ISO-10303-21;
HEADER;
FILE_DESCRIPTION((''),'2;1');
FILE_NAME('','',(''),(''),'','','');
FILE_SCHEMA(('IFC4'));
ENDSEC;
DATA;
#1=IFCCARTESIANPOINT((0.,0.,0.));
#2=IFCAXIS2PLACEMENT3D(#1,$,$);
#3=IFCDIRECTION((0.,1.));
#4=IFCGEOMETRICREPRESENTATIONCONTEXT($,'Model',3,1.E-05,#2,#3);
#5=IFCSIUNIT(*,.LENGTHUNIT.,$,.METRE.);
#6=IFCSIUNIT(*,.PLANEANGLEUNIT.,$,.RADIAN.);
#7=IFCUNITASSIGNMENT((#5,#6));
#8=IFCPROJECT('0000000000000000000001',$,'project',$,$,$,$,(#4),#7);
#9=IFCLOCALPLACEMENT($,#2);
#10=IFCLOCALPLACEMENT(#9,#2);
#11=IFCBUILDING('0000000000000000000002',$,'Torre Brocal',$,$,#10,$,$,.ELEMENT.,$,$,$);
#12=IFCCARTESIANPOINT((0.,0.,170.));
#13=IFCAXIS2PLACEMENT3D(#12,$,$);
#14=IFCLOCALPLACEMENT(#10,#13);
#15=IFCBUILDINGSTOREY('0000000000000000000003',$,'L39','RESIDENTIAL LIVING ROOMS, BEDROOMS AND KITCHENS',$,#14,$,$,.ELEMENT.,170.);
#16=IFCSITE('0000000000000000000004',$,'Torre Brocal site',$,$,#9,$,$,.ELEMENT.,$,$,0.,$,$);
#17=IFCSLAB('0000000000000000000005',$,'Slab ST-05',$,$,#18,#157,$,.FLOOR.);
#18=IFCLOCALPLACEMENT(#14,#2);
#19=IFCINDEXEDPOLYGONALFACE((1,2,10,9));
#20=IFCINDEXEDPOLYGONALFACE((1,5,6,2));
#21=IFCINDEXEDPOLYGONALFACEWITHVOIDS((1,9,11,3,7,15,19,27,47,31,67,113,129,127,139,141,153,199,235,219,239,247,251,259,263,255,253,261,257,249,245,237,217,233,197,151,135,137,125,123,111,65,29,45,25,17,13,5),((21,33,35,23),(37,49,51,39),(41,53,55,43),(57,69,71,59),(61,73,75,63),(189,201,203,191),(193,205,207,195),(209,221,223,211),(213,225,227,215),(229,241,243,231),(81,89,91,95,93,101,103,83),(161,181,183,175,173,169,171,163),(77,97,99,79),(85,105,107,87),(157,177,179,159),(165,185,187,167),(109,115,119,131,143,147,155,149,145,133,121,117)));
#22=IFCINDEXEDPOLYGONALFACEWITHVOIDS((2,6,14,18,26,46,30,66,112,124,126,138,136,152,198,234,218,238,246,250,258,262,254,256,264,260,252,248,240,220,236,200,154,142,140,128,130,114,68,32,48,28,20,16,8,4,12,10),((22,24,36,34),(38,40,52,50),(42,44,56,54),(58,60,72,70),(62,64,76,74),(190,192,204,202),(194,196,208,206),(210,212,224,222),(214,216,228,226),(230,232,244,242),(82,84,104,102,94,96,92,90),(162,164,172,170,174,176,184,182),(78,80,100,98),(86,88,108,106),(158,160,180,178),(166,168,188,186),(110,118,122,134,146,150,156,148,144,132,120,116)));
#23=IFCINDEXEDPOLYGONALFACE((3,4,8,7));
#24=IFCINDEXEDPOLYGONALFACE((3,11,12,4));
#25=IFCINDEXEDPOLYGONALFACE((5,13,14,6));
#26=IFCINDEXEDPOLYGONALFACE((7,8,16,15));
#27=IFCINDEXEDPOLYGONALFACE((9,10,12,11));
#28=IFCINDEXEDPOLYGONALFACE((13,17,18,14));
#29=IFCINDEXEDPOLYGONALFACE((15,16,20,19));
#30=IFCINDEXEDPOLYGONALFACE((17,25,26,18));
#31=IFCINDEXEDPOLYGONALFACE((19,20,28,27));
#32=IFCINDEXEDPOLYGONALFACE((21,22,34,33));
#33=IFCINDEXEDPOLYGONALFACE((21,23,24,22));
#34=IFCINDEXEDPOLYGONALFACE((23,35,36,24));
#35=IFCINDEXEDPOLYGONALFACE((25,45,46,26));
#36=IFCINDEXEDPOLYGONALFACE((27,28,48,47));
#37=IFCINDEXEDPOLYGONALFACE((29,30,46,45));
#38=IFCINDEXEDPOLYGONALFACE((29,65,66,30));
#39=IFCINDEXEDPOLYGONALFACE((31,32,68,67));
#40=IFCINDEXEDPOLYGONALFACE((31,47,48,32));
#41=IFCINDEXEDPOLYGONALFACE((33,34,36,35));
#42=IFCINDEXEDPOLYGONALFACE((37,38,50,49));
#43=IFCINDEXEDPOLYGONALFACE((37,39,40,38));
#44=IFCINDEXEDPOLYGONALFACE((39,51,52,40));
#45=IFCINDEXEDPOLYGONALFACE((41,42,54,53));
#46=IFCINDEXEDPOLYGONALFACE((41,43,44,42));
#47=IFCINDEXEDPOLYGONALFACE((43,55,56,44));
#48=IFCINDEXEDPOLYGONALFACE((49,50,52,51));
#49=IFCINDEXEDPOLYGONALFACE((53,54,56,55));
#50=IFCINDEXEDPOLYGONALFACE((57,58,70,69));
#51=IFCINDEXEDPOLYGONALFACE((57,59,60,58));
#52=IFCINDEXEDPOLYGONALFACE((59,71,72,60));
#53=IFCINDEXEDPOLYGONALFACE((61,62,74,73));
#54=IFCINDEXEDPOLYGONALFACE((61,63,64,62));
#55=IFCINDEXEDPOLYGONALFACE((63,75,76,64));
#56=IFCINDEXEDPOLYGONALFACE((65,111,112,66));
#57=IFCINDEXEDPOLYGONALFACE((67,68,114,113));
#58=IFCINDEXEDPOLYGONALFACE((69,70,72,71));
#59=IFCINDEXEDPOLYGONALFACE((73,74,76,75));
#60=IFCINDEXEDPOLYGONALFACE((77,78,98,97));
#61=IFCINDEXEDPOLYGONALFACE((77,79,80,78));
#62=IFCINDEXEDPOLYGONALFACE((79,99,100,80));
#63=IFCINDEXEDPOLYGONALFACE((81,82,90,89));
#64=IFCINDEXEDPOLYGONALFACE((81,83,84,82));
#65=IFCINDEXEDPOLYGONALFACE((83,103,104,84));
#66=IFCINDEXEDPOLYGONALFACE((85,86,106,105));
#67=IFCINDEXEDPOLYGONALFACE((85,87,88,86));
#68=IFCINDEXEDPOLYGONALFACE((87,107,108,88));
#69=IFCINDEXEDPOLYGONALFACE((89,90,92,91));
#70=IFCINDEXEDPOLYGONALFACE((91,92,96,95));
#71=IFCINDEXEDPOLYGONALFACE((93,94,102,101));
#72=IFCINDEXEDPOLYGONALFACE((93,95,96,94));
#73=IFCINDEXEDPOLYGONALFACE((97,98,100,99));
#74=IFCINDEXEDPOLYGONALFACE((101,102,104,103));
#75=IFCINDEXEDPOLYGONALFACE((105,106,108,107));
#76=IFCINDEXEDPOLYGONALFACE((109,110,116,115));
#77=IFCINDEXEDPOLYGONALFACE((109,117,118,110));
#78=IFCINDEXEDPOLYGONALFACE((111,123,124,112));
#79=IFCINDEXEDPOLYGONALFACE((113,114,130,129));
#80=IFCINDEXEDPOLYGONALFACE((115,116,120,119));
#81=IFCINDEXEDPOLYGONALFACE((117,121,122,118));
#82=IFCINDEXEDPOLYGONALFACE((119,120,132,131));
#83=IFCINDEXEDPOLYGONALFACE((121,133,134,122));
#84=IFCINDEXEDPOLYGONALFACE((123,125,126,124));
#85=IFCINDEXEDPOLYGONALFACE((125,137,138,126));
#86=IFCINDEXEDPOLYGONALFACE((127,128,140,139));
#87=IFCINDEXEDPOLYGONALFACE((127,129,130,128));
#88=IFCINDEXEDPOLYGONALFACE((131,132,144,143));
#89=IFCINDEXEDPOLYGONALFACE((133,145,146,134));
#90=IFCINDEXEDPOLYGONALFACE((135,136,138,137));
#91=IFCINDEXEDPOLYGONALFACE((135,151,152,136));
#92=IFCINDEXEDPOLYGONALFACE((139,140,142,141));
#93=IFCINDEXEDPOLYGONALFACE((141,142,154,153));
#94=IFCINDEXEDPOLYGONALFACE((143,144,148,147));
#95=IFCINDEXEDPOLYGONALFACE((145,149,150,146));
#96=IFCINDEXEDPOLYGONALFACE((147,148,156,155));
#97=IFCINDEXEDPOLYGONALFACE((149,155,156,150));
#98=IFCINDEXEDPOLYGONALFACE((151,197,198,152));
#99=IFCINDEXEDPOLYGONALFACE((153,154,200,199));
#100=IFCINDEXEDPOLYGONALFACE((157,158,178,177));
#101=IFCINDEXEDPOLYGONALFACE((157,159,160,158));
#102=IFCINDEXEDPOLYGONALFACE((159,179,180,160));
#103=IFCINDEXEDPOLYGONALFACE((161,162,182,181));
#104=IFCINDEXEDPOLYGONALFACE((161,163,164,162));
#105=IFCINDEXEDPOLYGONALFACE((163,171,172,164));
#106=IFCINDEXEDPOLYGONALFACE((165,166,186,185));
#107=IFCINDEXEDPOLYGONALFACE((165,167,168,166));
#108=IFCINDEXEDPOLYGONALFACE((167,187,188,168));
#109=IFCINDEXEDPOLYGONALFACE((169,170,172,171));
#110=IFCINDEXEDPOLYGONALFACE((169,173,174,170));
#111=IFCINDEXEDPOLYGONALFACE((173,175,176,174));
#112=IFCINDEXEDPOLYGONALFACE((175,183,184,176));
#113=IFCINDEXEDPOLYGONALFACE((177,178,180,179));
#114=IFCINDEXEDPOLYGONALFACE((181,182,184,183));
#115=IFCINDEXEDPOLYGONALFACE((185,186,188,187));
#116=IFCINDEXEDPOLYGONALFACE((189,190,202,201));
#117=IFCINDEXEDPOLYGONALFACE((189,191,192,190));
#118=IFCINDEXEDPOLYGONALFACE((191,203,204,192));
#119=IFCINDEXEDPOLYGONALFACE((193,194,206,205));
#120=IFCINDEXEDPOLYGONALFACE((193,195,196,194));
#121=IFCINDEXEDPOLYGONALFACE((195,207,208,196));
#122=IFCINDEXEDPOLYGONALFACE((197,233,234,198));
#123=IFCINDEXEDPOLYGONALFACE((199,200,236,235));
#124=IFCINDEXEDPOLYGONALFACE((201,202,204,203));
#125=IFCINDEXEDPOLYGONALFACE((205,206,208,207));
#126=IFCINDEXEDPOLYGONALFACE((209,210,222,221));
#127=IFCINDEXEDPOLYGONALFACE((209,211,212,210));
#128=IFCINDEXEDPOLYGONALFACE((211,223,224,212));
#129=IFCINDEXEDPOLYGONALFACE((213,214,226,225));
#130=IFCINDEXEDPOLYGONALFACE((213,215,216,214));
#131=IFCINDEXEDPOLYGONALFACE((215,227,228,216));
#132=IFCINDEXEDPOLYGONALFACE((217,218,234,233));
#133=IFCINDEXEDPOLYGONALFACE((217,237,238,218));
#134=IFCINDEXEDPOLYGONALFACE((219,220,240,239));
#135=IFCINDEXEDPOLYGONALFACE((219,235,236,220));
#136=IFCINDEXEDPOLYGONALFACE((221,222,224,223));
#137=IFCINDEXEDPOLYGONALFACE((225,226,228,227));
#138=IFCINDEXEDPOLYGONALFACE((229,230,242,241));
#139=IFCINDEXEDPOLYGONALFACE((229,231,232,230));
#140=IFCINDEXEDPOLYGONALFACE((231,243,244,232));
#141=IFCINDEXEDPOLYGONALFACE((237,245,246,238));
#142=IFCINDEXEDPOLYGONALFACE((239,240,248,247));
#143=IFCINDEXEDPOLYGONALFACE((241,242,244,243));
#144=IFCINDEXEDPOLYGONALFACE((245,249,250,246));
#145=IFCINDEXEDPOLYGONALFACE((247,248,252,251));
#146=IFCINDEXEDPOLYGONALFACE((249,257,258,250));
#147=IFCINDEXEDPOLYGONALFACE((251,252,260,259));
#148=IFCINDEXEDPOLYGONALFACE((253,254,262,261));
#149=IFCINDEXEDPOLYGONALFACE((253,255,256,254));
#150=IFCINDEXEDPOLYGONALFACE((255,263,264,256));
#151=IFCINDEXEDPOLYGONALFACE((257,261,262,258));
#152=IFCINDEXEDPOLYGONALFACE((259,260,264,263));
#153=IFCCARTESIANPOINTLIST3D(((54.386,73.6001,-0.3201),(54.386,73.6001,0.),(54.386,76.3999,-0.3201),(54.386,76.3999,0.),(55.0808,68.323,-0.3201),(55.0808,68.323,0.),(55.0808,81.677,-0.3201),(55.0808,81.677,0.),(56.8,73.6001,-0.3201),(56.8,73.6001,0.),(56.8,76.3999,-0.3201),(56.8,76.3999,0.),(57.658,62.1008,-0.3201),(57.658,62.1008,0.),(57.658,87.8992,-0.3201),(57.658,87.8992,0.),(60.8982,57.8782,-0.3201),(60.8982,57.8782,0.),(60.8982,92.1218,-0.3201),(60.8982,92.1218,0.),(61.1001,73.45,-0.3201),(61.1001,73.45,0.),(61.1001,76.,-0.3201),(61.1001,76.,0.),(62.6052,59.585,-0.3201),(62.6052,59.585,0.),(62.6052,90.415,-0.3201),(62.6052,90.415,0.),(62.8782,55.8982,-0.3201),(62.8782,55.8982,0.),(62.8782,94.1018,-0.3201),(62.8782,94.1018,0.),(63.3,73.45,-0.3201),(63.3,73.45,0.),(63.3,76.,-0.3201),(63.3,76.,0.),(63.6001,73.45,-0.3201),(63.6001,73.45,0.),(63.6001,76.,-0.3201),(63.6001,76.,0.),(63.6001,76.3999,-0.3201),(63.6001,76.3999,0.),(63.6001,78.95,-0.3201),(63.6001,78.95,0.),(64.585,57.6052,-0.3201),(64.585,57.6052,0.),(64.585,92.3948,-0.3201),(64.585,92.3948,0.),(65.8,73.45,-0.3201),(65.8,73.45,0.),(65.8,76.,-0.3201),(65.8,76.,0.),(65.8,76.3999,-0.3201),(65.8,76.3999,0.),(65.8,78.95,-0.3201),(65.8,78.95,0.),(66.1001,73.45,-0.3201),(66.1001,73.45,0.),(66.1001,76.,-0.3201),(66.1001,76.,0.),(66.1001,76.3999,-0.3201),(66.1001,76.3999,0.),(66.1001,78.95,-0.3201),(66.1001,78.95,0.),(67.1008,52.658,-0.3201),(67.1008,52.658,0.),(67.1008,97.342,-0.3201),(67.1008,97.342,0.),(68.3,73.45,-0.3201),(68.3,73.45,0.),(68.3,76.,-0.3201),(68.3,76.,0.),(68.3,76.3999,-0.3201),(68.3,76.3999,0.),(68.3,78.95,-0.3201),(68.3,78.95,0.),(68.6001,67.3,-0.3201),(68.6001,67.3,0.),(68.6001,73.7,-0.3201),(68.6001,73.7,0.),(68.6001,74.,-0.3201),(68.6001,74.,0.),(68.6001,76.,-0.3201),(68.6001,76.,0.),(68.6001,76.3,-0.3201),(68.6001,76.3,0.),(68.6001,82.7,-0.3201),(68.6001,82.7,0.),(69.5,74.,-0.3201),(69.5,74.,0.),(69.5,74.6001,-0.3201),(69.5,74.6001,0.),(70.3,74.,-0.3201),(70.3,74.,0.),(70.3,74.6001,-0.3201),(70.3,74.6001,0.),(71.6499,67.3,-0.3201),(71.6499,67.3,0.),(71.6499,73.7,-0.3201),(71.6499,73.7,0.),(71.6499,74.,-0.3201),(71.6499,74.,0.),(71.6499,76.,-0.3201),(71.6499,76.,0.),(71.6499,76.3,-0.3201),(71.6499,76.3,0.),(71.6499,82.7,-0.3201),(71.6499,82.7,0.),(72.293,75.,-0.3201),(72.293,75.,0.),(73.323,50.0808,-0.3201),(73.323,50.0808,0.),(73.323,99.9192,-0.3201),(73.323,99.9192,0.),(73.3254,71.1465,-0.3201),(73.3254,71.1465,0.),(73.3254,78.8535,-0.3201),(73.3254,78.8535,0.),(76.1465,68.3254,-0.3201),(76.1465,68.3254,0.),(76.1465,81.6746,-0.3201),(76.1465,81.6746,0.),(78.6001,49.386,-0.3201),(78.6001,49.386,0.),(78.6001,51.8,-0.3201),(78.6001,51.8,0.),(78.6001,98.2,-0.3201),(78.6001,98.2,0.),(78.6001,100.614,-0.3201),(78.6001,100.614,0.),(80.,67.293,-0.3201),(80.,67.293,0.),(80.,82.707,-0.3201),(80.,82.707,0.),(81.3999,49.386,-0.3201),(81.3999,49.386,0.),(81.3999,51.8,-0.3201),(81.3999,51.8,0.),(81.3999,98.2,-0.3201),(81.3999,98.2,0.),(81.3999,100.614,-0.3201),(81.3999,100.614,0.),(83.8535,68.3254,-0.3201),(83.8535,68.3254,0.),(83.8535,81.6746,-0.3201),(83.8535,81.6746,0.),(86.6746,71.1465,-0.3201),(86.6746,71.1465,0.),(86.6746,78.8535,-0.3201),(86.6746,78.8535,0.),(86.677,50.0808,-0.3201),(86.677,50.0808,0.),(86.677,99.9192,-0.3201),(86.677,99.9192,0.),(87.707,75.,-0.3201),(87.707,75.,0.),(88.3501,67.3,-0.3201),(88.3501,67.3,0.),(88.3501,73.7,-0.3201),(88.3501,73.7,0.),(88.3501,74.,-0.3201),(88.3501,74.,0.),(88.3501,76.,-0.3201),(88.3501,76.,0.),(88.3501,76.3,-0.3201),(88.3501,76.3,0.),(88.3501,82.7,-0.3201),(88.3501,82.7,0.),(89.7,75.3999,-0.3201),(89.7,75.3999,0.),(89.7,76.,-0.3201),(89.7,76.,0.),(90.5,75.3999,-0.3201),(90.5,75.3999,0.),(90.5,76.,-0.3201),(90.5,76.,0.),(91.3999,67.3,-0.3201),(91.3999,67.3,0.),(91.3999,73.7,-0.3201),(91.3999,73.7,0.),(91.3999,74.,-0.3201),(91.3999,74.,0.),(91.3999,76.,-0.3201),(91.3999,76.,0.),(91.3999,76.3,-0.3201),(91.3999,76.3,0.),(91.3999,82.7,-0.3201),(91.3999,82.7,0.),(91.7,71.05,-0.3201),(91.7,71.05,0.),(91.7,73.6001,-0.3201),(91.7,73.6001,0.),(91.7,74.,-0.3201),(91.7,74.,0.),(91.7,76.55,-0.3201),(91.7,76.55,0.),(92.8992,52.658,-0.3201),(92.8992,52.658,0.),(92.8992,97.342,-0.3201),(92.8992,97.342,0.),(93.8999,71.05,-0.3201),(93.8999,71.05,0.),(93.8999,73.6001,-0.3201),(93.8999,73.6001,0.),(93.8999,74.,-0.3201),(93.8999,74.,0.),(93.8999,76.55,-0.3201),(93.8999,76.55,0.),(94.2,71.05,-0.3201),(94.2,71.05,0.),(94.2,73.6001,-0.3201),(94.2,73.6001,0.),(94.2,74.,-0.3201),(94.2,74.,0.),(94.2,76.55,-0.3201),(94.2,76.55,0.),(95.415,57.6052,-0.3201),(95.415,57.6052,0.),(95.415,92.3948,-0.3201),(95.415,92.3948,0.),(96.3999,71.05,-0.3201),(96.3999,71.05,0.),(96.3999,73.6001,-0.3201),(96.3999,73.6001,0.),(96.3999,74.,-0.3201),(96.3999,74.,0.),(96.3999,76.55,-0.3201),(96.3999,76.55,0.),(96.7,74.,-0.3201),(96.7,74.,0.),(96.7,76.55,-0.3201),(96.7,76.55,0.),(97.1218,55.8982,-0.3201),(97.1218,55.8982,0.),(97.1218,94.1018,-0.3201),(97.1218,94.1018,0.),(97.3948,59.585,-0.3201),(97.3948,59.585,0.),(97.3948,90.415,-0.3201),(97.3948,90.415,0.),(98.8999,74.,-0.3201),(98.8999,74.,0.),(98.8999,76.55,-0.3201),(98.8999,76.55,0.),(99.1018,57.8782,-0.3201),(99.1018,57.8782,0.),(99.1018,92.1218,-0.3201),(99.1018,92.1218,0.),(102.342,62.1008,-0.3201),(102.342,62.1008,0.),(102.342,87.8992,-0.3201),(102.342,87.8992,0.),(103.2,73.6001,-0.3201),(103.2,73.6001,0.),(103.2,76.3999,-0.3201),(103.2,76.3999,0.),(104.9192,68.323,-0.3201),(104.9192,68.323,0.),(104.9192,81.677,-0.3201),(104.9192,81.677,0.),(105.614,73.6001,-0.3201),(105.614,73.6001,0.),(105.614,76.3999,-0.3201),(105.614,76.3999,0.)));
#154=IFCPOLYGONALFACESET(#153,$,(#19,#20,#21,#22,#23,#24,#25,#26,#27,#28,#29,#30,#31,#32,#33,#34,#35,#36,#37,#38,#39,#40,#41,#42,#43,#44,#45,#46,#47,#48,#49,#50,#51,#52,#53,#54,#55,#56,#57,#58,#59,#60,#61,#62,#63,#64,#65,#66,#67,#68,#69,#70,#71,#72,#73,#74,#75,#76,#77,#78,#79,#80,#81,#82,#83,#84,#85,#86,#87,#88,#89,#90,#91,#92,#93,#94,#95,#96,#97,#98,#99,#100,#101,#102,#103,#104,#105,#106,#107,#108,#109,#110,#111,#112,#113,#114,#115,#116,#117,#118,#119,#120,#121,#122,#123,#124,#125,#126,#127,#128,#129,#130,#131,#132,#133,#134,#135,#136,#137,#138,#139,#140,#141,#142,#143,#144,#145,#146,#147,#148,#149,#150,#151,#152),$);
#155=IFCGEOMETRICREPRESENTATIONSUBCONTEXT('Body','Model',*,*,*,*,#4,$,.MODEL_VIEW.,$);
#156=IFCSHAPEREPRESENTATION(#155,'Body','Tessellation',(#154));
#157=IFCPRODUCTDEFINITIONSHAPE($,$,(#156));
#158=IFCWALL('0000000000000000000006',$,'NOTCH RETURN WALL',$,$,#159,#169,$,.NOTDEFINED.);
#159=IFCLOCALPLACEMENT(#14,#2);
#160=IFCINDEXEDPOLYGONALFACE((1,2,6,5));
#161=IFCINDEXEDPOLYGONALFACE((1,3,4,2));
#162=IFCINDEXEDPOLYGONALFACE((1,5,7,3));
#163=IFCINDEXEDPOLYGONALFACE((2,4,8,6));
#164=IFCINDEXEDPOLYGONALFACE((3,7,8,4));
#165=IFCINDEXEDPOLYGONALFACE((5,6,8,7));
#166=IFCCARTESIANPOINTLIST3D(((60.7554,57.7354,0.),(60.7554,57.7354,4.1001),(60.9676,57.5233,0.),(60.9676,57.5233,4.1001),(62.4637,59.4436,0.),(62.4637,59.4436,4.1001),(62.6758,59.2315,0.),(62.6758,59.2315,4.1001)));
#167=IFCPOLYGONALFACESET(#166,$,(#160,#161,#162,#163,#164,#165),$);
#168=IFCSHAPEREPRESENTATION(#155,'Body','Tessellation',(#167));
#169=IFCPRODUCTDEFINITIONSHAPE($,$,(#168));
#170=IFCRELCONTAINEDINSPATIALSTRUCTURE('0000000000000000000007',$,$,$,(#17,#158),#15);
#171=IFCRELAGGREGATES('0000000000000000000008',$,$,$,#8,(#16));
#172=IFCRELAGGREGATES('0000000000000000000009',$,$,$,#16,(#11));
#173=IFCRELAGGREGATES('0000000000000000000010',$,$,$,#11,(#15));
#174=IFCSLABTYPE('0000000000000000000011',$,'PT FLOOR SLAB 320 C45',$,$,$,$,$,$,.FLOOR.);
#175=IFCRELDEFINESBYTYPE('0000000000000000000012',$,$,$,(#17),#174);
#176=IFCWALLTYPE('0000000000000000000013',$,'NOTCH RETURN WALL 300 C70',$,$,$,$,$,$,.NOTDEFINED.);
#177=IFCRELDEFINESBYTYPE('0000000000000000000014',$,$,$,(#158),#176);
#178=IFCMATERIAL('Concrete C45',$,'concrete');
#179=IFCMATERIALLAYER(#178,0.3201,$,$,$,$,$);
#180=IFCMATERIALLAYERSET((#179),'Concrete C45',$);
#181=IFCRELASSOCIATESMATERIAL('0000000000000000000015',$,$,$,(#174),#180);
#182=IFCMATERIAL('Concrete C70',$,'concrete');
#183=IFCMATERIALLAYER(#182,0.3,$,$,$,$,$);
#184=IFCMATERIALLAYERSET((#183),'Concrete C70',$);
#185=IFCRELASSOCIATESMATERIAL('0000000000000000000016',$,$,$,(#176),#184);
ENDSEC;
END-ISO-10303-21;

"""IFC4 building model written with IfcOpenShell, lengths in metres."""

from ifc_helpers import new_model, si_unit, direction, frame, frame_2d, origin, place, context, subcontext, project, spatial, polyline, rectangle, outline, extrude, material, layer, layer_set, type_object, element, save


model = new_model("IFC4")

# Units and contexts
model_context = context("Model", 3, precision=1e-05, world=origin(), true_north=direction((0.0, 1.0)))
body_context = subcontext(model_context, "Body", "Model", "MODEL_VIEW")
ifc_project = project(units=[si_unit("LENGTHUNIT", "METRE"), si_unit("PLANEANGLEUNIT", "RADIAN")], contexts=[model_context])

# Site, building, storey
site_placement = place(None, origin())
site = spatial("IfcSite", under=ifc_project, at=site_placement, Name="Torre Brocal site", CompositionType="ELEMENT", RefElevation=0.0)
building_placement = place(site_placement, origin())
building = spatial("IfcBuilding", under=site, at=building_placement, Name="Torre Brocal", CompositionType="ELEMENT")
storey_placement = place(building_placement, frame((0.0, 0.0, 170.0)))
storey = spatial("IfcBuildingStorey", under=building, at=storey_placement, Name="L39", Description="RESIDENTIAL LIVING ROOMS, BEDROOMS AND KITCHENS", CompositionType="ELEMENT", Elevation=170.0)

# Slab
ifc_material_1 = material(Name="Concrete C45", Category="concrete")
ifc_layer_1 = layer(ifc_material_1, 0.3201)
ifc_layer_set_1 = layer_set([ifc_layer_1], Name="Concrete C45")
slab_type_1 = type_object("IfcSlabType", Name="PT FLOOR SLAB 320 C45", PredefinedType="FLOOR", material=ifc_layer_set_1)
slab_1_placement = place(storey_placement, frame((0.0, 0.0, -0.3201)))
element("IfcSlab", 1, at=slab_1_placement, inside=storey, type_object=slab_type_1, Name="Slab ST-05", PredefinedType="FLOOR", context=body_context, shape_type="SweptSolid", body=[
    extrude(outline(polyline([(103.2, 76.3999), (103.2, 73.6001), (105.614, 73.6001), (104.9192, 68.323), (102.342, 62.1008), (99.1018, 57.8782), (97.3948, 59.585), (95.415, 57.6052), (97.1218, 55.8982), (92.8992, 52.658), (86.677, 50.0808), (81.3999, 49.386), (81.3999, 51.8), (78.6001, 51.8), (78.6001, 49.386), (73.323, 50.0808), (67.1008, 52.658), (62.8782, 55.8982), (64.585, 57.6052), (62.6052, 59.585), (60.8982, 57.8782), (57.658, 62.1008), (55.0808, 68.323), (54.386, 73.6001), (56.8, 73.6001), (56.8, 76.3999), (54.386, 76.3999), (55.0808, 81.677), (57.658, 87.8992), (60.8982, 92.1218), (62.6052, 90.415), (64.585, 92.3948), (62.8782, 94.1018), (67.1008, 97.342), (73.323, 99.9192), (78.6001, 100.614), (78.6001, 98.2), (81.3999, 98.2), (81.3999, 100.614), (86.677, 99.9192), (92.8992, 97.342), (97.1218, 94.1018), (95.415, 92.3948), (97.3948, 90.415), (99.1018, 92.1218), (102.342, 87.8992), (104.9192, 81.677), (105.614, 76.3999), (103.2, 76.3999)]), holes=[polyline([(98.8999, 76.55), (96.7, 76.55), (96.7, 74.0), (98.8999, 74.0), (98.8999, 76.55)]), polyline([(96.3999, 76.55), (94.2, 76.55), (94.2, 74.0), (96.3999, 74.0), (96.3999, 76.55)]), polyline([(96.3999, 73.6001), (94.2, 73.6001), (94.2, 71.05), (96.3999, 71.05), (96.3999, 73.6001)]), polyline([(93.8999, 76.55), (91.7, 76.55), (91.7, 74.0), (93.8999, 74.0), (93.8999, 76.55)]), polyline([(93.8999, 73.6001), (91.7, 73.6001), (91.7, 71.05), (93.8999, 71.05), (93.8999, 73.6001)]), polyline([(89.7, 76.0), (88.3501, 76.0), (88.3501, 74.0), (91.3999, 74.0), (91.3999, 76.0), (90.5, 76.0), (90.5, 75.3999), (89.7, 75.3999), (89.7, 76.0)]), polyline([(91.3999, 82.7), (88.3501, 82.7), (88.3501, 76.3), (91.3999, 76.3), (91.3999, 82.7)]), polyline([(91.3999, 73.7), (88.3501, 73.7), (88.3501, 67.3), (91.3999, 67.3), (91.3999, 73.7)]), polyline([(80.0, 82.707), (76.1465, 81.6746), (73.3254, 78.8535), (72.293, 75.0), (73.3254, 71.1465), (76.1465, 68.3254), (80.0, 67.293), (83.8535, 68.3254), (86.6746, 71.1465), (87.707, 75.0), (86.6746, 78.8535), (83.8535, 81.6746), (80.0, 82.707)]), polyline([(70.3, 74.0), (71.6499, 74.0), (71.6499, 76.0), (68.6001, 76.0), (68.6001, 74.0), (69.5, 74.0), (69.5, 74.6001), (70.3, 74.6001), (70.3, 74.0)]), polyline([(68.6001, 76.3), (71.6499, 76.3), (71.6499, 82.7), (68.6001, 82.7), (68.6001, 76.3)]), polyline([(68.6001, 67.3), (71.6499, 67.3), (71.6499, 73.7), (68.6001, 73.7), (68.6001, 67.3)]), polyline([(66.1001, 76.3999), (68.3, 76.3999), (68.3, 78.95), (66.1001, 78.95), (66.1001, 76.3999)]), polyline([(66.1001, 73.45), (68.3, 73.45), (68.3, 76.0), (66.1001, 76.0), (66.1001, 73.45)]), polyline([(63.6001, 76.3999), (65.8, 76.3999), (65.8, 78.95), (63.6001, 78.95), (63.6001, 76.3999)]), polyline([(63.6001, 73.45), (65.8, 73.45), (65.8, 76.0), (63.6001, 76.0), (63.6001, 73.45)]), polyline([(61.1001, 73.45), (63.3, 73.45), (63.3, 76.0), (61.1001, 76.0), (61.1001, 73.45)])]), origin(), (0.0, 0.0, 1.0), 0.3201),
])

# Wall
ifc_material_2 = material(Name="Concrete C70", Category="concrete")
ifc_layer_2 = layer(ifc_material_2, 0.3)
ifc_layer_set_2 = layer_set([ifc_layer_2], Name="Concrete C70")
wall_type_1 = type_object("IfcWallType", Name="NOTCH RETURN WALL 300 C70", PredefinedType="NOTDEFINED", material=ifc_layer_set_2)
for number, where, z_axis, x_axis, name in (
    (2, (62.5698, 59.3376, 0.0), (0.0, 0.0, 1.0), (-0.707107, -0.707107, 0.0), "NOTCH RETURN WALL"),
):
    element("IfcWall", number, at=place(storey_placement, frame(where, z_axis=z_axis, x_axis=x_axis)), inside=storey, type_object=wall_type_1, Name=name, PredefinedType="NOTDEFINED", context=body_context, shape_type="SweptSolid", body=[
        extrude(rectangle(XDim=2.4158, YDim=0.3, at=frame_2d((1.208, 0.0))), origin(), (0.0, 0.0, 1.0), 4.1001),
    ])

save(model, "model.ifc")
